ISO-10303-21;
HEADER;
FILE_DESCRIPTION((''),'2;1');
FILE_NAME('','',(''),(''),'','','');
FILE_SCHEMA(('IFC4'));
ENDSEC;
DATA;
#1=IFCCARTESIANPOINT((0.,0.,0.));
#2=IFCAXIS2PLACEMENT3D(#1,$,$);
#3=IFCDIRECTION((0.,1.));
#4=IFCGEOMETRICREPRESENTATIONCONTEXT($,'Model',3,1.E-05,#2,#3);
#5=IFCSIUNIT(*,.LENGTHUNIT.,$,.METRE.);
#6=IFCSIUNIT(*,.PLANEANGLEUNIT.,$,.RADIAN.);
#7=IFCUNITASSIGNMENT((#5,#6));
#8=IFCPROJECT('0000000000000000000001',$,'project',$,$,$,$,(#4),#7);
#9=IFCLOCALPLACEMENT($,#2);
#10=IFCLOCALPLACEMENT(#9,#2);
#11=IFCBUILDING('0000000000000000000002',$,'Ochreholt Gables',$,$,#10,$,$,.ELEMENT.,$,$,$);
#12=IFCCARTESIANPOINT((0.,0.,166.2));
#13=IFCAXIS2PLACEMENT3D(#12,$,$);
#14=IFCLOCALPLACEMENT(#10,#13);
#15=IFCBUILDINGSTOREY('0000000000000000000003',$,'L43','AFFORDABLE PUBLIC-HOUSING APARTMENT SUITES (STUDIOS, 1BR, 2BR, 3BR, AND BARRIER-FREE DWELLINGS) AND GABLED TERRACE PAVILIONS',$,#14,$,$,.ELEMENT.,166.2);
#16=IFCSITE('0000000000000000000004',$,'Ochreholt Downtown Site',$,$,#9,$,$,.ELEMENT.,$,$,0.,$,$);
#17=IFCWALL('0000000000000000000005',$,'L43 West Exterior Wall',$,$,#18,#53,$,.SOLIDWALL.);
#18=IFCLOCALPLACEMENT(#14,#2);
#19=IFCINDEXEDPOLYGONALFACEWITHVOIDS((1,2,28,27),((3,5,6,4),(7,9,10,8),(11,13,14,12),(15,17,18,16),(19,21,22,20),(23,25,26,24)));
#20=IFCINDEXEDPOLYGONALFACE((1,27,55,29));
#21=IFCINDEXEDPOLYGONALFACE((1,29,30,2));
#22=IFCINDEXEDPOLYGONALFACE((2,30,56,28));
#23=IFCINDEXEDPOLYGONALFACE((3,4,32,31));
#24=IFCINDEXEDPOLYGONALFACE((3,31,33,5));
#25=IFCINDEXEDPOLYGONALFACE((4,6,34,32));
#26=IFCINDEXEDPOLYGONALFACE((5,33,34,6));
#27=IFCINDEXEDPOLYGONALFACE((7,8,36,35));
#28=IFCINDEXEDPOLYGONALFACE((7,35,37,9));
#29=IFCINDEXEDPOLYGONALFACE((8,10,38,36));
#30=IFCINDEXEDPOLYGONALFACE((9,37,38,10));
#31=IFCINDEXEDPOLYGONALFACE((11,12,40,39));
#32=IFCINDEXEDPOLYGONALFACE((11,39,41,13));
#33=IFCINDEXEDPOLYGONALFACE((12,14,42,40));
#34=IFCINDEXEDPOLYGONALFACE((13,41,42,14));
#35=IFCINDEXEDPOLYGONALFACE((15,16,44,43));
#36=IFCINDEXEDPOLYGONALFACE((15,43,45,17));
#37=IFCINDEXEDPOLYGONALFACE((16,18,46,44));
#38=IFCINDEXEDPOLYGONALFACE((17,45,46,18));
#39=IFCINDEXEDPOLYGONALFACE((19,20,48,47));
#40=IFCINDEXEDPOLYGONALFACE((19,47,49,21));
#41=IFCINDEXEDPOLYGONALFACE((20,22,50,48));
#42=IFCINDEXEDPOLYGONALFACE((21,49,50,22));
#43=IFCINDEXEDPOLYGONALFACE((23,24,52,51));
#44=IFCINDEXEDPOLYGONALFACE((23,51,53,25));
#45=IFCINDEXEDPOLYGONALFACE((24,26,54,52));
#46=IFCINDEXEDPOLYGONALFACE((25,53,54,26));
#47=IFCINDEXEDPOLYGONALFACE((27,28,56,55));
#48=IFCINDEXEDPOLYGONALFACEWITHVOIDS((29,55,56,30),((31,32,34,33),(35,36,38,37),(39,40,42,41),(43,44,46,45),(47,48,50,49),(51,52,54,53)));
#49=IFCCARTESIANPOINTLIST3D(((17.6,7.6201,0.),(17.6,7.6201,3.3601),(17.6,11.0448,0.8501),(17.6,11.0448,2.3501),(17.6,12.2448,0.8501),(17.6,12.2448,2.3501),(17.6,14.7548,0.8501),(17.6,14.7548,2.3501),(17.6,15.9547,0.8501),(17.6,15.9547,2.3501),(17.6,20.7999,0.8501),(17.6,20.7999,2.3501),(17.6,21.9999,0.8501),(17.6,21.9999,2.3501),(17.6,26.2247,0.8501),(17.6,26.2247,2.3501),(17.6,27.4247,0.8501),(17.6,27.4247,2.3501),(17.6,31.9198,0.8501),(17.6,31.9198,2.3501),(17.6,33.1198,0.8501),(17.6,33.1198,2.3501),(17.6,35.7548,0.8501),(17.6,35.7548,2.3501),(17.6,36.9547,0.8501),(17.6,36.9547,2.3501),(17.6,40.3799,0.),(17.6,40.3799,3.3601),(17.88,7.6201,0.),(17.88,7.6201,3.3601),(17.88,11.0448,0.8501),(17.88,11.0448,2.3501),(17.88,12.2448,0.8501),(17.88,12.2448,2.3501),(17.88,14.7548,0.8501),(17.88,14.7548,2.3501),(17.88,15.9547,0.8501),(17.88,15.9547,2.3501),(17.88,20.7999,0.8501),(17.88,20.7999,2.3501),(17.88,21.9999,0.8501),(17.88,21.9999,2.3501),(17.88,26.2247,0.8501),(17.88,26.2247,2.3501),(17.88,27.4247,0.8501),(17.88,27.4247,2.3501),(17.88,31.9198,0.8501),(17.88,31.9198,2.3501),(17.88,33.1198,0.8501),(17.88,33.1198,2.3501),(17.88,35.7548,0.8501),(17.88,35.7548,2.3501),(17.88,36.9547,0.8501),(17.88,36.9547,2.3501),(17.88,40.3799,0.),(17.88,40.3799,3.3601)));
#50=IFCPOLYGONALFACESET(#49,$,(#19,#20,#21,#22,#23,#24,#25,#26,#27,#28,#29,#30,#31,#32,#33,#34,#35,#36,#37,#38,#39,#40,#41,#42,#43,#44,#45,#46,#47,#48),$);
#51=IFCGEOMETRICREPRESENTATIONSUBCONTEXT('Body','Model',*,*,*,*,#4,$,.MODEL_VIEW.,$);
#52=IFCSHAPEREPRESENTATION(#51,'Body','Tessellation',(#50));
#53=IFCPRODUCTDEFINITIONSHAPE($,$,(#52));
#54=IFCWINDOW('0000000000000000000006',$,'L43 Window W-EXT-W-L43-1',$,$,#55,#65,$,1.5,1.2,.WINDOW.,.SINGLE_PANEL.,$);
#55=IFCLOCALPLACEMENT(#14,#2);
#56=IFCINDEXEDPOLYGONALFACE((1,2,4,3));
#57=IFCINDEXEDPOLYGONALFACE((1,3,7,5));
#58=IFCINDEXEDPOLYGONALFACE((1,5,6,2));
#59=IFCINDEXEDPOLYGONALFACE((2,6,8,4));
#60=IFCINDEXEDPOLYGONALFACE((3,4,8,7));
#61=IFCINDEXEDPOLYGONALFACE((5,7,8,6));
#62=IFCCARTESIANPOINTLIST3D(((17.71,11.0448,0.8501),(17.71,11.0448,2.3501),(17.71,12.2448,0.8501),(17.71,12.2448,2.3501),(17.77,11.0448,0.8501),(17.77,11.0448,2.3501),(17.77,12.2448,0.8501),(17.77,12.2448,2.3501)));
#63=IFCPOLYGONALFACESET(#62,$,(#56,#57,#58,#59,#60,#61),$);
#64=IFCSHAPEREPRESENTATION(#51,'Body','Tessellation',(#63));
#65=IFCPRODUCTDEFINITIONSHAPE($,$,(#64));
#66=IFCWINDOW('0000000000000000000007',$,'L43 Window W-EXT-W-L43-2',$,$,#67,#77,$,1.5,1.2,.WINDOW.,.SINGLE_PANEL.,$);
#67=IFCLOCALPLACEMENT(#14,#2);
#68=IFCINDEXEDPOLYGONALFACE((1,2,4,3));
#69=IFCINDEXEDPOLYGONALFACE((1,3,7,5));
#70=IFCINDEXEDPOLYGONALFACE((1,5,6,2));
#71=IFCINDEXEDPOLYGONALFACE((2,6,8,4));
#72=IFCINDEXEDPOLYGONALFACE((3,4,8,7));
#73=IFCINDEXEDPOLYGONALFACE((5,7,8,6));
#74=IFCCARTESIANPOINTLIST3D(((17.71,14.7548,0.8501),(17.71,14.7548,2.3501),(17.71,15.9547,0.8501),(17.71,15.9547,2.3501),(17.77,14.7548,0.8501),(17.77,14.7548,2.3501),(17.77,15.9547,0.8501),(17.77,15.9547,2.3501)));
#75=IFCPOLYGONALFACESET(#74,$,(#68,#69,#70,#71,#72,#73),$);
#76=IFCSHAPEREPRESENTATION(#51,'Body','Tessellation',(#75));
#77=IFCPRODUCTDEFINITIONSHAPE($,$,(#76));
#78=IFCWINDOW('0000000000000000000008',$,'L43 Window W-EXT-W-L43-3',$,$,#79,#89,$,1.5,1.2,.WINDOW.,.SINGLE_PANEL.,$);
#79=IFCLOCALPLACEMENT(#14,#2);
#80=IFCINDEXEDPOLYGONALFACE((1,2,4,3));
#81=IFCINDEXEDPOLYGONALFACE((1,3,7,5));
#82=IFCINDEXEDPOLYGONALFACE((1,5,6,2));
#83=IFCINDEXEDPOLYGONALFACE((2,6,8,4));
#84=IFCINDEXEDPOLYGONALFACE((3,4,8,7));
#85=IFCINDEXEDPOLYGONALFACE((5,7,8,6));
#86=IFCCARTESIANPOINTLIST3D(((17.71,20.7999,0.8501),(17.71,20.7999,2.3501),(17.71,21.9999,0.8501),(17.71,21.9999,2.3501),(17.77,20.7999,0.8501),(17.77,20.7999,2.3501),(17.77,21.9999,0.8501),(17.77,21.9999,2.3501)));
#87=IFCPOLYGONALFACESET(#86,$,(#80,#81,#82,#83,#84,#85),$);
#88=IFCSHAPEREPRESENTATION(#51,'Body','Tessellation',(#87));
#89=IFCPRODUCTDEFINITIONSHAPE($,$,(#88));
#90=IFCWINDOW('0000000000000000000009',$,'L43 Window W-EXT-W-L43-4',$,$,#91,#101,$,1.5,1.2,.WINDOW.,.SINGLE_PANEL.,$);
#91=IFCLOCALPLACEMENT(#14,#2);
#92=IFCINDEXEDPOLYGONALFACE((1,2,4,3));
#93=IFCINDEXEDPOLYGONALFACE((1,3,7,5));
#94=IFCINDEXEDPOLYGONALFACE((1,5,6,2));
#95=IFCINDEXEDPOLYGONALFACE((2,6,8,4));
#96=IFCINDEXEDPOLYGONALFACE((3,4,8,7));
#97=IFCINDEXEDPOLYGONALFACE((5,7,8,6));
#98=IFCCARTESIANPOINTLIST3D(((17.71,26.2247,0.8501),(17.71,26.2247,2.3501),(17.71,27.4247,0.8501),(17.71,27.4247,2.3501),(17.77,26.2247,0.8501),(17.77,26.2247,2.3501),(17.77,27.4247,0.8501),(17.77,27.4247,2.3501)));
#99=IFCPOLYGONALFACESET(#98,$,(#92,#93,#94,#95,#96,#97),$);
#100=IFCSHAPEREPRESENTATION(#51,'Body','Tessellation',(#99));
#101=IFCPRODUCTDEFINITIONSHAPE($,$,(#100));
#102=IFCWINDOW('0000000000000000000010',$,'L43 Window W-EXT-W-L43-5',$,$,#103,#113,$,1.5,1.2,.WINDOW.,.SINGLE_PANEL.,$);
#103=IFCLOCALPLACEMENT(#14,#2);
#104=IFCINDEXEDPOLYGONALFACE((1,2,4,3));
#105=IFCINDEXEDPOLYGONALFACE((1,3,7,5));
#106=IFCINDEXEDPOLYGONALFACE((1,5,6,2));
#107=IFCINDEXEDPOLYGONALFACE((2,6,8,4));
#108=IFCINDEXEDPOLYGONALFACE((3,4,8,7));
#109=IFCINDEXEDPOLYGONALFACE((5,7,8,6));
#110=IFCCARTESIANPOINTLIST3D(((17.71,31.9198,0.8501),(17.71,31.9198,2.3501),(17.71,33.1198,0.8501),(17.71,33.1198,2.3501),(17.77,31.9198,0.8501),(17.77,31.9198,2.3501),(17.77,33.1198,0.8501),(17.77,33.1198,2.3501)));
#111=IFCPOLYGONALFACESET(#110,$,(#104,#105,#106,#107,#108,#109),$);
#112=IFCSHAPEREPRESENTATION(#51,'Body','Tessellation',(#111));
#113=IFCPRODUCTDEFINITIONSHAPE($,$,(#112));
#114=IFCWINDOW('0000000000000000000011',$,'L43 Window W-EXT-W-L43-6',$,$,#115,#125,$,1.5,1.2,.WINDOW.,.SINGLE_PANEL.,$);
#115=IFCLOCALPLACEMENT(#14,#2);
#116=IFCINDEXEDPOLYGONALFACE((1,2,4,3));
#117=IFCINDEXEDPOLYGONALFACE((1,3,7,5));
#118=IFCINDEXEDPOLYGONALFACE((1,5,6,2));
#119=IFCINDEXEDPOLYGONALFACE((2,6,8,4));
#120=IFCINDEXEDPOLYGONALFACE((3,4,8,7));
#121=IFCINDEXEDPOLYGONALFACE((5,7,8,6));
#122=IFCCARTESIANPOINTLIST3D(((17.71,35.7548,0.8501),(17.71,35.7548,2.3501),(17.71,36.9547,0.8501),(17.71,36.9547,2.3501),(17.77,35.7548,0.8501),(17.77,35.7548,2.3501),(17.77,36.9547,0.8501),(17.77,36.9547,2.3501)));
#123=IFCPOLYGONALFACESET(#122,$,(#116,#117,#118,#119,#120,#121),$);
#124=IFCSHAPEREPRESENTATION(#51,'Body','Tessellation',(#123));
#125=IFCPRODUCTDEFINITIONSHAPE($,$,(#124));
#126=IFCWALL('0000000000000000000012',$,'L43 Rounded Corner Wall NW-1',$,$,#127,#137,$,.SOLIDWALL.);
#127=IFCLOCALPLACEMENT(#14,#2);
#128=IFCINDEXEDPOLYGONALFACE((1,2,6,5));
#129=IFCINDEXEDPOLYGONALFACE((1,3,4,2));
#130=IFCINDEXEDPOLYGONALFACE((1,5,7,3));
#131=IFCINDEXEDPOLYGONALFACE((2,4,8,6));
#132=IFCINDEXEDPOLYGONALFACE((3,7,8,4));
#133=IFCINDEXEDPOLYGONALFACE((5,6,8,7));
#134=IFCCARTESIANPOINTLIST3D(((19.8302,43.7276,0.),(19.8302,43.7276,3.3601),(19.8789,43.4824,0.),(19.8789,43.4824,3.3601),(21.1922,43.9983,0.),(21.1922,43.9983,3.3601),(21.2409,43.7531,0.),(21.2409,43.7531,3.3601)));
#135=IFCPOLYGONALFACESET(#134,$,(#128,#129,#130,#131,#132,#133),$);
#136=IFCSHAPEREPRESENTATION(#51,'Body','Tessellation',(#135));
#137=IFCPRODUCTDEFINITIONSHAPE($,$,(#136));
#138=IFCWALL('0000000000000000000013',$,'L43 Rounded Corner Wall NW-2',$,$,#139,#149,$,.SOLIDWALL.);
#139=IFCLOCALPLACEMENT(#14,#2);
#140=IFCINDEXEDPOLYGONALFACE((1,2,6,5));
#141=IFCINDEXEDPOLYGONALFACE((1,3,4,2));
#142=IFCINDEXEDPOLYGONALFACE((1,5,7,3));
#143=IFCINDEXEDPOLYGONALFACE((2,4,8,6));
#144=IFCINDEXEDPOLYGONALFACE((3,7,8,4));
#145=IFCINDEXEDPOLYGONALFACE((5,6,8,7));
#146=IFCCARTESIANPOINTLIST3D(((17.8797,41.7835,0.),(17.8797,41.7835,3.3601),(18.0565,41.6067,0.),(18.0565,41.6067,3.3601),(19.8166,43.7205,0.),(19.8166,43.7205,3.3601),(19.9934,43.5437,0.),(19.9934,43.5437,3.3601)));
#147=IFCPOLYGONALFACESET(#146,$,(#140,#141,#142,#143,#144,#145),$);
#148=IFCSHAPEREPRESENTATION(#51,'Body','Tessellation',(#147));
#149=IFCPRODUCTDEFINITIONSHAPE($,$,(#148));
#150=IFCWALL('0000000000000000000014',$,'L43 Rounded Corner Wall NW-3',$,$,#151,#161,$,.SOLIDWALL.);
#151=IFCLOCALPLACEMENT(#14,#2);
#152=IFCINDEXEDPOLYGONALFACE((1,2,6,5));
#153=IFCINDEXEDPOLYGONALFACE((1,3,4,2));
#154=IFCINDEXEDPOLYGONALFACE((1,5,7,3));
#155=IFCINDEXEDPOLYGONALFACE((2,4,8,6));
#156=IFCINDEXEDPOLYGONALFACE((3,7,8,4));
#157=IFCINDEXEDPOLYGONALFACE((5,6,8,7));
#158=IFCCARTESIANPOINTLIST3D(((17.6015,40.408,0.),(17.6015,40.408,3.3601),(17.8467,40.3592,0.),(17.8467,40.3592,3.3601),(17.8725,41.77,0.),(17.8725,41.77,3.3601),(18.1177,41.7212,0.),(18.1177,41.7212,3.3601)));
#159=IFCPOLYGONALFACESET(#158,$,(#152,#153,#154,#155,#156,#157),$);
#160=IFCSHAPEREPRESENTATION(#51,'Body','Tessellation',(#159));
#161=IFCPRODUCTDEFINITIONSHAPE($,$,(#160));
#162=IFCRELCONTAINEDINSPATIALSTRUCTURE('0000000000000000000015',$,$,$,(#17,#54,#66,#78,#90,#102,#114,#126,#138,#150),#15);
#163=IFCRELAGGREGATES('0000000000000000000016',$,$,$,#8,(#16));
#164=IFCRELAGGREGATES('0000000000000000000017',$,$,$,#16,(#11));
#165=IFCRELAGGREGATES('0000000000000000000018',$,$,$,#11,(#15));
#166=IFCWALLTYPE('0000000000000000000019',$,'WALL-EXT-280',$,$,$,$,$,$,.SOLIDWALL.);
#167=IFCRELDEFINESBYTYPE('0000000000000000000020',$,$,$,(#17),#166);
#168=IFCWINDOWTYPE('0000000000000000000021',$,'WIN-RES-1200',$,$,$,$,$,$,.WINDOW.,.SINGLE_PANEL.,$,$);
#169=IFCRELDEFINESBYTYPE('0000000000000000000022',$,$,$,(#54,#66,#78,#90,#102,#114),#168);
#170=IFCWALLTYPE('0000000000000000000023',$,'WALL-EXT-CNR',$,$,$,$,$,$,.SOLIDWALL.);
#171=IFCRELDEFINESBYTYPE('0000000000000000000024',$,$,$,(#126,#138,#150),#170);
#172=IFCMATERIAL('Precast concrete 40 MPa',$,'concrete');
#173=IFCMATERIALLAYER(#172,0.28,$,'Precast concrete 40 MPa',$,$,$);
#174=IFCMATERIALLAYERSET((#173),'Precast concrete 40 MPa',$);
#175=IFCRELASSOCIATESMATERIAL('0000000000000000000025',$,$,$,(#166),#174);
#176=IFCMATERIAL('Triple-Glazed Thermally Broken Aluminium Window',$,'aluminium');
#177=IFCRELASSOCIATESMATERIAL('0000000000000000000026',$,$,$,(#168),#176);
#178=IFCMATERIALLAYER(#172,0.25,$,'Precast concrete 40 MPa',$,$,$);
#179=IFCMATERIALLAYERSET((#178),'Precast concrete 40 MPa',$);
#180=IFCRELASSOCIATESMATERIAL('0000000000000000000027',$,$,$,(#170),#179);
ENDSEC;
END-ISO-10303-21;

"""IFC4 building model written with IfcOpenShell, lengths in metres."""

from ifc_helpers import new_model, si_unit, direction, frame, frame_2d, origin, place, context, subcontext, project, spatial, rectangle, extrude, material, layer, layer_set, type_object, element, fill, save


model = new_model("IFC4")

# Units and contexts
model_context = context("Model", 3, precision=1e-05, world=origin(), true_north=direction((0.0, 1.0)))
body_context = subcontext(model_context, "Body", "Model", "MODEL_VIEW")
ifc_project = project(units=[si_unit("LENGTHUNIT", "METRE"), si_unit("PLANEANGLEUNIT", "RADIAN")], contexts=[model_context])

# Site, building, storey
site_placement = place(None, origin())
site = spatial("IfcSite", under=ifc_project, at=site_placement, Name="Ochreholt Downtown Site", CompositionType="ELEMENT", RefElevation=0.0)
building_placement = place(site_placement, origin())
building = spatial("IfcBuilding", under=site, at=building_placement, Name="Ochreholt Gables", CompositionType="ELEMENT")
storey_placement = place(building_placement, frame((0.0, 0.0, 166.2)))
storey = spatial("IfcBuildingStorey", under=building, at=storey_placement, Name="L43", Description="AFFORDABLE PUBLIC-HOUSING APARTMENT SUITES (STUDIOS, 1BR, 2BR, 3BR, AND BARRIER-FREE DWELLINGS) AND GABLED TERRACE PAVILIONS", CompositionType="ELEMENT", Elevation=166.2)

# Wall, openings, windows
ifc_material_1 = material(Name="Precast concrete 40 MPa", Category="concrete")
ifc_layer_1 = layer(ifc_material_1, 0.28, Name="Precast concrete 40 MPa")
ifc_layer_set_1 = layer_set([ifc_layer_1], Name="Precast concrete 40 MPa")
wall_type_1 = type_object("IfcWallType", Name="WALL-EXT-280", PredefinedType="SOLIDWALL", material=ifc_layer_set_1)
wall_1_placement = place(storey_placement, frame((17.74, 40.3799, 0.0), z_axis=(0.0, 0.0, 1.0), x_axis=(0.0, -1.0, 0.0)))
wall_1 = element("IfcWall", 1, at=wall_1_placement, inside=storey, type_object=wall_type_1, Name="L43 West Exterior Wall", PredefinedType="SOLIDWALL", context=body_context, shape_type="SweptSolid", body=[
    extrude(rectangle(XDim=32.7598, YDim=0.28, at=frame_2d((16.3799, 0.0))), origin(), (0.0, 0.0, 1.0), 3.3601),
])
opening_1_placement = place(wall_1_placement, frame((28.135, 0.0, 0.8501)))
opening_1 = element("IfcOpeningElement", 2, at=opening_1_placement, cuts=wall_1, PredefinedType="OPENING", context=body_context, shape_type="SweptSolid", body=[
    extrude(rectangle(XDim=1.2, YDim=1.5, at=frame_2d((0.6001, 0.75))), frame((0.0, 0.1499, 0.0), z_axis=(0.0, -1.0, 0.0), x_axis=(1.0, 0.0, 0.0)), (0.0, 0.0, 1.0), 0.3),
])
opening_2_placement = place(wall_1_placement, frame((24.425, 0.0, 0.8501)))
opening_2 = element("IfcOpeningElement", 3, at=opening_2_placement, cuts=wall_1, PredefinedType="OPENING", context=body_context, shape_type="SweptSolid", body=[
    extrude(rectangle(XDim=1.2, YDim=1.5, at=frame_2d((0.6001, 0.75))), frame((0.0, 0.1499, 0.0), z_axis=(0.0, -1.0, 0.0), x_axis=(1.0, 0.0, 0.0)), (0.0, 0.0, 1.0), 0.3),
])
opening_3_placement = place(wall_1_placement, frame((18.3799, 0.0, 0.8501)))
opening_3 = element("IfcOpeningElement", 4, at=opening_3_placement, cuts=wall_1, PredefinedType="OPENING", context=body_context, shape_type="SweptSolid", body=[
    extrude(rectangle(XDim=1.2, YDim=1.5, at=frame_2d((0.6001, 0.75))), frame((0.0, 0.1499, 0.0), z_axis=(0.0, -1.0, 0.0), x_axis=(1.0, 0.0, 0.0)), (0.0, 0.0, 1.0), 0.3),
])
opening_4_placement = place(wall_1_placement, frame((12.9551, 0.0, 0.8501)))
opening_4 = element("IfcOpeningElement", 5, at=opening_4_placement, cuts=wall_1, PredefinedType="OPENING", context=body_context, shape_type="SweptSolid", body=[
    extrude(rectangle(XDim=1.2, YDim=1.5, at=frame_2d((0.6001, 0.75))), frame((0.0, 0.1499, 0.0), z_axis=(0.0, -1.0, 0.0), x_axis=(1.0, 0.0, 0.0)), (0.0, 0.0, 1.0), 0.3),
])
opening_5_placement = place(wall_1_placement, frame((7.26, 0.0, 0.8501)))
opening_5 = element("IfcOpeningElement", 6, at=opening_5_placement, cuts=wall_1, PredefinedType="OPENING", context=body_context, shape_type="SweptSolid", body=[
    extrude(rectangle(XDim=1.2, YDim=1.5, at=frame_2d((0.6001, 0.75))), frame((0.0, 0.1499, 0.0), z_axis=(0.0, -1.0, 0.0), x_axis=(1.0, 0.0, 0.0)), (0.0, 0.0, 1.0), 0.3),
])
opening_6_placement = place(wall_1_placement, frame((3.425, 0.0, 0.8501)))
opening_6 = element("IfcOpeningElement", 7, at=opening_6_placement, cuts=wall_1, PredefinedType="OPENING", context=body_context, shape_type="SweptSolid", body=[
    extrude(rectangle(XDim=1.2, YDim=1.5, at=frame_2d((0.6001, 0.75))), frame((0.0, 0.1499, 0.0), z_axis=(0.0, -1.0, 0.0), x_axis=(1.0, 0.0, 0.0)), (0.0, 0.0, 1.0), 0.3),
])
ifc_material_2 = material(Name="Triple-Glazed Thermally Broken Aluminium Window", Category="aluminium")
window_type = type_object("IfcWindowType", Name="WIN-RES-1200", PartitioningType="SINGLE_PANEL", PredefinedType="WINDOW", material=ifc_material_2)
window_1_placement = place(opening_1_placement, origin())
window_1 = element("IfcWindow", 8, at=window_1_placement, inside=storey, type_object=window_type, Name="L43 Window W-EXT-W-L43-1", OverallHeight=1.5, OverallWidth=1.2, PartitioningType="SINGLE_PANEL", PredefinedType="WINDOW", context=body_context, shape_type="SweptSolid", body=[
    extrude(rectangle(XDim=1.2, YDim=1.5, at=frame_2d((0.6001, 0.75))), frame((0.0, 0.03, 0.0), z_axis=(0.0, -1.0, 0.0), x_axis=(1.0, 0.0, 0.0)), (0.0, 0.0, 1.0), 0.0601),
])
fill(opening_1, window_1)
window_2_placement = place(opening_2_placement, origin())
window_2 = element("IfcWindow", 9, at=window_2_placement, inside=storey, type_object=window_type, Name="L43 Window W-EXT-W-L43-2", OverallHeight=1.5, OverallWidth=1.2, PartitioningType="SINGLE_PANEL", PredefinedType="WINDOW", context=body_context, shape_type="SweptSolid", body=[
    extrude(rectangle(XDim=1.2, YDim=1.5, at=frame_2d((0.6001, 0.75))), frame((0.0, 0.03, 0.0), z_axis=(0.0, -1.0, 0.0), x_axis=(1.0, 0.0, 0.0)), (0.0, 0.0, 1.0), 0.0601),
])
fill(opening_2, window_2)
window_3_placement = place(opening_3_placement, origin())
window_3 = element("IfcWindow", 10, at=window_3_placement, inside=storey, type_object=window_type, Name="L43 Window W-EXT-W-L43-3", OverallHeight=1.5, OverallWidth=1.2, PartitioningType="SINGLE_PANEL", PredefinedType="WINDOW", context=body_context, shape_type="SweptSolid", body=[
    extrude(rectangle(XDim=1.2, YDim=1.5, at=frame_2d((0.6001, 0.75))), frame((0.0, 0.03, 0.0), z_axis=(0.0, -1.0, 0.0), x_axis=(1.0, 0.0, 0.0)), (0.0, 0.0, 1.0), 0.0601),
])
fill(opening_3, window_3)
window_4_placement = place(opening_4_placement, origin())
window_4 = element("IfcWindow", 11, at=window_4_placement, inside=storey, type_object=window_type, Name="L43 Window W-EXT-W-L43-4", OverallHeight=1.5, OverallWidth=1.2, PartitioningType="SINGLE_PANEL", PredefinedType="WINDOW", context=body_context, shape_type="SweptSolid", body=[
    extrude(rectangle(XDim=1.2, YDim=1.5, at=frame_2d((0.6001, 0.75))), frame((0.0, 0.03, 0.0), z_axis=(0.0, -1.0, 0.0), x_axis=(1.0, 0.0, 0.0)), (0.0, 0.0, 1.0), 0.0601),
])
fill(opening_4, window_4)
window_5_placement = place(opening_5_placement, origin())
window_5 = element("IfcWindow", 12, at=window_5_placement, inside=storey, type_object=window_type, Name="L43 Window W-EXT-W-L43-5", OverallHeight=1.5, OverallWidth=1.2, PartitioningType="SINGLE_PANEL", PredefinedType="WINDOW", context=body_context, shape_type="SweptSolid", body=[
    extrude(rectangle(XDim=1.2, YDim=1.5, at=frame_2d((0.6001, 0.75))), frame((0.0, 0.03, 0.0), z_axis=(0.0, -1.0, 0.0), x_axis=(1.0, 0.0, 0.0)), (0.0, 0.0, 1.0), 0.0601),
])
fill(opening_5, window_5)
window_6_placement = place(opening_6_placement, origin())
window_6 = element("IfcWindow", 13, at=window_6_placement, inside=storey, type_object=window_type, Name="L43 Window W-EXT-W-L43-6", OverallHeight=1.5, OverallWidth=1.2, PartitioningType="SINGLE_PANEL", PredefinedType="WINDOW", context=body_context, shape_type="SweptSolid", body=[
    extrude(rectangle(XDim=1.2, YDim=1.5, at=frame_2d((0.6001, 0.75))), frame((0.0, 0.03, 0.0), z_axis=(0.0, -1.0, 0.0), x_axis=(1.0, 0.0, 0.0)), (0.0, 0.0, 1.0), 0.0601),
])
fill(opening_6, window_6)

# Walls
ifc_layer_2 = layer(ifc_material_1, 0.25, Name="Precast concrete 40 MPa")
ifc_layer_set_2 = layer_set([ifc_layer_2], Name="Precast concrete 40 MPa")
wall_type_2 = type_object("IfcWallType", Name="WALL-EXT-CNR", PredefinedType="SOLIDWALL", material=ifc_layer_set_2)
wall_2_placement = place(storey_placement, frame((21.2166, 43.8757, 0.0), z_axis=(0.0, 0.0, 1.0), x_axis=(-0.98081, -0.194967, 0.0)))
element("IfcWall", 14, at=wall_2_placement, inside=storey, type_object=wall_type_2, Name="L43 Rounded Corner Wall NW-1", PredefinedType="SOLIDWALL", context=body_context, shape_type="SweptSolid", body=[
    extrude(rectangle(XDim=1.3887, YDim=0.25, at=frame_2d((0.6943, 0.0))), origin(), (0.0, 0.0, 1.0), 3.3601),
])
wall_3_placement = place(storey_placement, frame((19.905, 43.6321, 0.0), z_axis=(0.0, 0.0, 1.0), x_axis=(-0.707107, -0.707107, 0.0)))
element("IfcWall", 15, at=wall_3_placement, inside=storey, type_object=wall_type_2, Name="L43 Rounded Corner Wall NW-2", PredefinedType="SOLIDWALL", context=body_context, shape_type="SweptSolid", body=[
    extrude(rectangle(XDim=2.7393, YDim=0.25, at=frame_2d((1.3696, 0.0))), origin(), (0.0, 0.0, 1.0), 3.3601),
])
wall_4_placement = place(storey_placement, frame((17.9951, 41.7456, 0.0), z_axis=(0.0, 0.0, 1.0), x_axis=(-0.195136, -0.980776, 0.0)))
element("IfcWall", 16, at=wall_4_placement, inside=storey, type_object=wall_type_2, Name="L43 Rounded Corner Wall NW-3", PredefinedType="SOLIDWALL", context=body_context, shape_type="SweptSolid", body=[
    extrude(rectangle(XDim=1.3887, YDim=0.25, at=frame_2d((0.6943, 0.0))), origin(), (0.0, 0.0, 1.0), 3.3601),
])

save(model, "model.ifc")
